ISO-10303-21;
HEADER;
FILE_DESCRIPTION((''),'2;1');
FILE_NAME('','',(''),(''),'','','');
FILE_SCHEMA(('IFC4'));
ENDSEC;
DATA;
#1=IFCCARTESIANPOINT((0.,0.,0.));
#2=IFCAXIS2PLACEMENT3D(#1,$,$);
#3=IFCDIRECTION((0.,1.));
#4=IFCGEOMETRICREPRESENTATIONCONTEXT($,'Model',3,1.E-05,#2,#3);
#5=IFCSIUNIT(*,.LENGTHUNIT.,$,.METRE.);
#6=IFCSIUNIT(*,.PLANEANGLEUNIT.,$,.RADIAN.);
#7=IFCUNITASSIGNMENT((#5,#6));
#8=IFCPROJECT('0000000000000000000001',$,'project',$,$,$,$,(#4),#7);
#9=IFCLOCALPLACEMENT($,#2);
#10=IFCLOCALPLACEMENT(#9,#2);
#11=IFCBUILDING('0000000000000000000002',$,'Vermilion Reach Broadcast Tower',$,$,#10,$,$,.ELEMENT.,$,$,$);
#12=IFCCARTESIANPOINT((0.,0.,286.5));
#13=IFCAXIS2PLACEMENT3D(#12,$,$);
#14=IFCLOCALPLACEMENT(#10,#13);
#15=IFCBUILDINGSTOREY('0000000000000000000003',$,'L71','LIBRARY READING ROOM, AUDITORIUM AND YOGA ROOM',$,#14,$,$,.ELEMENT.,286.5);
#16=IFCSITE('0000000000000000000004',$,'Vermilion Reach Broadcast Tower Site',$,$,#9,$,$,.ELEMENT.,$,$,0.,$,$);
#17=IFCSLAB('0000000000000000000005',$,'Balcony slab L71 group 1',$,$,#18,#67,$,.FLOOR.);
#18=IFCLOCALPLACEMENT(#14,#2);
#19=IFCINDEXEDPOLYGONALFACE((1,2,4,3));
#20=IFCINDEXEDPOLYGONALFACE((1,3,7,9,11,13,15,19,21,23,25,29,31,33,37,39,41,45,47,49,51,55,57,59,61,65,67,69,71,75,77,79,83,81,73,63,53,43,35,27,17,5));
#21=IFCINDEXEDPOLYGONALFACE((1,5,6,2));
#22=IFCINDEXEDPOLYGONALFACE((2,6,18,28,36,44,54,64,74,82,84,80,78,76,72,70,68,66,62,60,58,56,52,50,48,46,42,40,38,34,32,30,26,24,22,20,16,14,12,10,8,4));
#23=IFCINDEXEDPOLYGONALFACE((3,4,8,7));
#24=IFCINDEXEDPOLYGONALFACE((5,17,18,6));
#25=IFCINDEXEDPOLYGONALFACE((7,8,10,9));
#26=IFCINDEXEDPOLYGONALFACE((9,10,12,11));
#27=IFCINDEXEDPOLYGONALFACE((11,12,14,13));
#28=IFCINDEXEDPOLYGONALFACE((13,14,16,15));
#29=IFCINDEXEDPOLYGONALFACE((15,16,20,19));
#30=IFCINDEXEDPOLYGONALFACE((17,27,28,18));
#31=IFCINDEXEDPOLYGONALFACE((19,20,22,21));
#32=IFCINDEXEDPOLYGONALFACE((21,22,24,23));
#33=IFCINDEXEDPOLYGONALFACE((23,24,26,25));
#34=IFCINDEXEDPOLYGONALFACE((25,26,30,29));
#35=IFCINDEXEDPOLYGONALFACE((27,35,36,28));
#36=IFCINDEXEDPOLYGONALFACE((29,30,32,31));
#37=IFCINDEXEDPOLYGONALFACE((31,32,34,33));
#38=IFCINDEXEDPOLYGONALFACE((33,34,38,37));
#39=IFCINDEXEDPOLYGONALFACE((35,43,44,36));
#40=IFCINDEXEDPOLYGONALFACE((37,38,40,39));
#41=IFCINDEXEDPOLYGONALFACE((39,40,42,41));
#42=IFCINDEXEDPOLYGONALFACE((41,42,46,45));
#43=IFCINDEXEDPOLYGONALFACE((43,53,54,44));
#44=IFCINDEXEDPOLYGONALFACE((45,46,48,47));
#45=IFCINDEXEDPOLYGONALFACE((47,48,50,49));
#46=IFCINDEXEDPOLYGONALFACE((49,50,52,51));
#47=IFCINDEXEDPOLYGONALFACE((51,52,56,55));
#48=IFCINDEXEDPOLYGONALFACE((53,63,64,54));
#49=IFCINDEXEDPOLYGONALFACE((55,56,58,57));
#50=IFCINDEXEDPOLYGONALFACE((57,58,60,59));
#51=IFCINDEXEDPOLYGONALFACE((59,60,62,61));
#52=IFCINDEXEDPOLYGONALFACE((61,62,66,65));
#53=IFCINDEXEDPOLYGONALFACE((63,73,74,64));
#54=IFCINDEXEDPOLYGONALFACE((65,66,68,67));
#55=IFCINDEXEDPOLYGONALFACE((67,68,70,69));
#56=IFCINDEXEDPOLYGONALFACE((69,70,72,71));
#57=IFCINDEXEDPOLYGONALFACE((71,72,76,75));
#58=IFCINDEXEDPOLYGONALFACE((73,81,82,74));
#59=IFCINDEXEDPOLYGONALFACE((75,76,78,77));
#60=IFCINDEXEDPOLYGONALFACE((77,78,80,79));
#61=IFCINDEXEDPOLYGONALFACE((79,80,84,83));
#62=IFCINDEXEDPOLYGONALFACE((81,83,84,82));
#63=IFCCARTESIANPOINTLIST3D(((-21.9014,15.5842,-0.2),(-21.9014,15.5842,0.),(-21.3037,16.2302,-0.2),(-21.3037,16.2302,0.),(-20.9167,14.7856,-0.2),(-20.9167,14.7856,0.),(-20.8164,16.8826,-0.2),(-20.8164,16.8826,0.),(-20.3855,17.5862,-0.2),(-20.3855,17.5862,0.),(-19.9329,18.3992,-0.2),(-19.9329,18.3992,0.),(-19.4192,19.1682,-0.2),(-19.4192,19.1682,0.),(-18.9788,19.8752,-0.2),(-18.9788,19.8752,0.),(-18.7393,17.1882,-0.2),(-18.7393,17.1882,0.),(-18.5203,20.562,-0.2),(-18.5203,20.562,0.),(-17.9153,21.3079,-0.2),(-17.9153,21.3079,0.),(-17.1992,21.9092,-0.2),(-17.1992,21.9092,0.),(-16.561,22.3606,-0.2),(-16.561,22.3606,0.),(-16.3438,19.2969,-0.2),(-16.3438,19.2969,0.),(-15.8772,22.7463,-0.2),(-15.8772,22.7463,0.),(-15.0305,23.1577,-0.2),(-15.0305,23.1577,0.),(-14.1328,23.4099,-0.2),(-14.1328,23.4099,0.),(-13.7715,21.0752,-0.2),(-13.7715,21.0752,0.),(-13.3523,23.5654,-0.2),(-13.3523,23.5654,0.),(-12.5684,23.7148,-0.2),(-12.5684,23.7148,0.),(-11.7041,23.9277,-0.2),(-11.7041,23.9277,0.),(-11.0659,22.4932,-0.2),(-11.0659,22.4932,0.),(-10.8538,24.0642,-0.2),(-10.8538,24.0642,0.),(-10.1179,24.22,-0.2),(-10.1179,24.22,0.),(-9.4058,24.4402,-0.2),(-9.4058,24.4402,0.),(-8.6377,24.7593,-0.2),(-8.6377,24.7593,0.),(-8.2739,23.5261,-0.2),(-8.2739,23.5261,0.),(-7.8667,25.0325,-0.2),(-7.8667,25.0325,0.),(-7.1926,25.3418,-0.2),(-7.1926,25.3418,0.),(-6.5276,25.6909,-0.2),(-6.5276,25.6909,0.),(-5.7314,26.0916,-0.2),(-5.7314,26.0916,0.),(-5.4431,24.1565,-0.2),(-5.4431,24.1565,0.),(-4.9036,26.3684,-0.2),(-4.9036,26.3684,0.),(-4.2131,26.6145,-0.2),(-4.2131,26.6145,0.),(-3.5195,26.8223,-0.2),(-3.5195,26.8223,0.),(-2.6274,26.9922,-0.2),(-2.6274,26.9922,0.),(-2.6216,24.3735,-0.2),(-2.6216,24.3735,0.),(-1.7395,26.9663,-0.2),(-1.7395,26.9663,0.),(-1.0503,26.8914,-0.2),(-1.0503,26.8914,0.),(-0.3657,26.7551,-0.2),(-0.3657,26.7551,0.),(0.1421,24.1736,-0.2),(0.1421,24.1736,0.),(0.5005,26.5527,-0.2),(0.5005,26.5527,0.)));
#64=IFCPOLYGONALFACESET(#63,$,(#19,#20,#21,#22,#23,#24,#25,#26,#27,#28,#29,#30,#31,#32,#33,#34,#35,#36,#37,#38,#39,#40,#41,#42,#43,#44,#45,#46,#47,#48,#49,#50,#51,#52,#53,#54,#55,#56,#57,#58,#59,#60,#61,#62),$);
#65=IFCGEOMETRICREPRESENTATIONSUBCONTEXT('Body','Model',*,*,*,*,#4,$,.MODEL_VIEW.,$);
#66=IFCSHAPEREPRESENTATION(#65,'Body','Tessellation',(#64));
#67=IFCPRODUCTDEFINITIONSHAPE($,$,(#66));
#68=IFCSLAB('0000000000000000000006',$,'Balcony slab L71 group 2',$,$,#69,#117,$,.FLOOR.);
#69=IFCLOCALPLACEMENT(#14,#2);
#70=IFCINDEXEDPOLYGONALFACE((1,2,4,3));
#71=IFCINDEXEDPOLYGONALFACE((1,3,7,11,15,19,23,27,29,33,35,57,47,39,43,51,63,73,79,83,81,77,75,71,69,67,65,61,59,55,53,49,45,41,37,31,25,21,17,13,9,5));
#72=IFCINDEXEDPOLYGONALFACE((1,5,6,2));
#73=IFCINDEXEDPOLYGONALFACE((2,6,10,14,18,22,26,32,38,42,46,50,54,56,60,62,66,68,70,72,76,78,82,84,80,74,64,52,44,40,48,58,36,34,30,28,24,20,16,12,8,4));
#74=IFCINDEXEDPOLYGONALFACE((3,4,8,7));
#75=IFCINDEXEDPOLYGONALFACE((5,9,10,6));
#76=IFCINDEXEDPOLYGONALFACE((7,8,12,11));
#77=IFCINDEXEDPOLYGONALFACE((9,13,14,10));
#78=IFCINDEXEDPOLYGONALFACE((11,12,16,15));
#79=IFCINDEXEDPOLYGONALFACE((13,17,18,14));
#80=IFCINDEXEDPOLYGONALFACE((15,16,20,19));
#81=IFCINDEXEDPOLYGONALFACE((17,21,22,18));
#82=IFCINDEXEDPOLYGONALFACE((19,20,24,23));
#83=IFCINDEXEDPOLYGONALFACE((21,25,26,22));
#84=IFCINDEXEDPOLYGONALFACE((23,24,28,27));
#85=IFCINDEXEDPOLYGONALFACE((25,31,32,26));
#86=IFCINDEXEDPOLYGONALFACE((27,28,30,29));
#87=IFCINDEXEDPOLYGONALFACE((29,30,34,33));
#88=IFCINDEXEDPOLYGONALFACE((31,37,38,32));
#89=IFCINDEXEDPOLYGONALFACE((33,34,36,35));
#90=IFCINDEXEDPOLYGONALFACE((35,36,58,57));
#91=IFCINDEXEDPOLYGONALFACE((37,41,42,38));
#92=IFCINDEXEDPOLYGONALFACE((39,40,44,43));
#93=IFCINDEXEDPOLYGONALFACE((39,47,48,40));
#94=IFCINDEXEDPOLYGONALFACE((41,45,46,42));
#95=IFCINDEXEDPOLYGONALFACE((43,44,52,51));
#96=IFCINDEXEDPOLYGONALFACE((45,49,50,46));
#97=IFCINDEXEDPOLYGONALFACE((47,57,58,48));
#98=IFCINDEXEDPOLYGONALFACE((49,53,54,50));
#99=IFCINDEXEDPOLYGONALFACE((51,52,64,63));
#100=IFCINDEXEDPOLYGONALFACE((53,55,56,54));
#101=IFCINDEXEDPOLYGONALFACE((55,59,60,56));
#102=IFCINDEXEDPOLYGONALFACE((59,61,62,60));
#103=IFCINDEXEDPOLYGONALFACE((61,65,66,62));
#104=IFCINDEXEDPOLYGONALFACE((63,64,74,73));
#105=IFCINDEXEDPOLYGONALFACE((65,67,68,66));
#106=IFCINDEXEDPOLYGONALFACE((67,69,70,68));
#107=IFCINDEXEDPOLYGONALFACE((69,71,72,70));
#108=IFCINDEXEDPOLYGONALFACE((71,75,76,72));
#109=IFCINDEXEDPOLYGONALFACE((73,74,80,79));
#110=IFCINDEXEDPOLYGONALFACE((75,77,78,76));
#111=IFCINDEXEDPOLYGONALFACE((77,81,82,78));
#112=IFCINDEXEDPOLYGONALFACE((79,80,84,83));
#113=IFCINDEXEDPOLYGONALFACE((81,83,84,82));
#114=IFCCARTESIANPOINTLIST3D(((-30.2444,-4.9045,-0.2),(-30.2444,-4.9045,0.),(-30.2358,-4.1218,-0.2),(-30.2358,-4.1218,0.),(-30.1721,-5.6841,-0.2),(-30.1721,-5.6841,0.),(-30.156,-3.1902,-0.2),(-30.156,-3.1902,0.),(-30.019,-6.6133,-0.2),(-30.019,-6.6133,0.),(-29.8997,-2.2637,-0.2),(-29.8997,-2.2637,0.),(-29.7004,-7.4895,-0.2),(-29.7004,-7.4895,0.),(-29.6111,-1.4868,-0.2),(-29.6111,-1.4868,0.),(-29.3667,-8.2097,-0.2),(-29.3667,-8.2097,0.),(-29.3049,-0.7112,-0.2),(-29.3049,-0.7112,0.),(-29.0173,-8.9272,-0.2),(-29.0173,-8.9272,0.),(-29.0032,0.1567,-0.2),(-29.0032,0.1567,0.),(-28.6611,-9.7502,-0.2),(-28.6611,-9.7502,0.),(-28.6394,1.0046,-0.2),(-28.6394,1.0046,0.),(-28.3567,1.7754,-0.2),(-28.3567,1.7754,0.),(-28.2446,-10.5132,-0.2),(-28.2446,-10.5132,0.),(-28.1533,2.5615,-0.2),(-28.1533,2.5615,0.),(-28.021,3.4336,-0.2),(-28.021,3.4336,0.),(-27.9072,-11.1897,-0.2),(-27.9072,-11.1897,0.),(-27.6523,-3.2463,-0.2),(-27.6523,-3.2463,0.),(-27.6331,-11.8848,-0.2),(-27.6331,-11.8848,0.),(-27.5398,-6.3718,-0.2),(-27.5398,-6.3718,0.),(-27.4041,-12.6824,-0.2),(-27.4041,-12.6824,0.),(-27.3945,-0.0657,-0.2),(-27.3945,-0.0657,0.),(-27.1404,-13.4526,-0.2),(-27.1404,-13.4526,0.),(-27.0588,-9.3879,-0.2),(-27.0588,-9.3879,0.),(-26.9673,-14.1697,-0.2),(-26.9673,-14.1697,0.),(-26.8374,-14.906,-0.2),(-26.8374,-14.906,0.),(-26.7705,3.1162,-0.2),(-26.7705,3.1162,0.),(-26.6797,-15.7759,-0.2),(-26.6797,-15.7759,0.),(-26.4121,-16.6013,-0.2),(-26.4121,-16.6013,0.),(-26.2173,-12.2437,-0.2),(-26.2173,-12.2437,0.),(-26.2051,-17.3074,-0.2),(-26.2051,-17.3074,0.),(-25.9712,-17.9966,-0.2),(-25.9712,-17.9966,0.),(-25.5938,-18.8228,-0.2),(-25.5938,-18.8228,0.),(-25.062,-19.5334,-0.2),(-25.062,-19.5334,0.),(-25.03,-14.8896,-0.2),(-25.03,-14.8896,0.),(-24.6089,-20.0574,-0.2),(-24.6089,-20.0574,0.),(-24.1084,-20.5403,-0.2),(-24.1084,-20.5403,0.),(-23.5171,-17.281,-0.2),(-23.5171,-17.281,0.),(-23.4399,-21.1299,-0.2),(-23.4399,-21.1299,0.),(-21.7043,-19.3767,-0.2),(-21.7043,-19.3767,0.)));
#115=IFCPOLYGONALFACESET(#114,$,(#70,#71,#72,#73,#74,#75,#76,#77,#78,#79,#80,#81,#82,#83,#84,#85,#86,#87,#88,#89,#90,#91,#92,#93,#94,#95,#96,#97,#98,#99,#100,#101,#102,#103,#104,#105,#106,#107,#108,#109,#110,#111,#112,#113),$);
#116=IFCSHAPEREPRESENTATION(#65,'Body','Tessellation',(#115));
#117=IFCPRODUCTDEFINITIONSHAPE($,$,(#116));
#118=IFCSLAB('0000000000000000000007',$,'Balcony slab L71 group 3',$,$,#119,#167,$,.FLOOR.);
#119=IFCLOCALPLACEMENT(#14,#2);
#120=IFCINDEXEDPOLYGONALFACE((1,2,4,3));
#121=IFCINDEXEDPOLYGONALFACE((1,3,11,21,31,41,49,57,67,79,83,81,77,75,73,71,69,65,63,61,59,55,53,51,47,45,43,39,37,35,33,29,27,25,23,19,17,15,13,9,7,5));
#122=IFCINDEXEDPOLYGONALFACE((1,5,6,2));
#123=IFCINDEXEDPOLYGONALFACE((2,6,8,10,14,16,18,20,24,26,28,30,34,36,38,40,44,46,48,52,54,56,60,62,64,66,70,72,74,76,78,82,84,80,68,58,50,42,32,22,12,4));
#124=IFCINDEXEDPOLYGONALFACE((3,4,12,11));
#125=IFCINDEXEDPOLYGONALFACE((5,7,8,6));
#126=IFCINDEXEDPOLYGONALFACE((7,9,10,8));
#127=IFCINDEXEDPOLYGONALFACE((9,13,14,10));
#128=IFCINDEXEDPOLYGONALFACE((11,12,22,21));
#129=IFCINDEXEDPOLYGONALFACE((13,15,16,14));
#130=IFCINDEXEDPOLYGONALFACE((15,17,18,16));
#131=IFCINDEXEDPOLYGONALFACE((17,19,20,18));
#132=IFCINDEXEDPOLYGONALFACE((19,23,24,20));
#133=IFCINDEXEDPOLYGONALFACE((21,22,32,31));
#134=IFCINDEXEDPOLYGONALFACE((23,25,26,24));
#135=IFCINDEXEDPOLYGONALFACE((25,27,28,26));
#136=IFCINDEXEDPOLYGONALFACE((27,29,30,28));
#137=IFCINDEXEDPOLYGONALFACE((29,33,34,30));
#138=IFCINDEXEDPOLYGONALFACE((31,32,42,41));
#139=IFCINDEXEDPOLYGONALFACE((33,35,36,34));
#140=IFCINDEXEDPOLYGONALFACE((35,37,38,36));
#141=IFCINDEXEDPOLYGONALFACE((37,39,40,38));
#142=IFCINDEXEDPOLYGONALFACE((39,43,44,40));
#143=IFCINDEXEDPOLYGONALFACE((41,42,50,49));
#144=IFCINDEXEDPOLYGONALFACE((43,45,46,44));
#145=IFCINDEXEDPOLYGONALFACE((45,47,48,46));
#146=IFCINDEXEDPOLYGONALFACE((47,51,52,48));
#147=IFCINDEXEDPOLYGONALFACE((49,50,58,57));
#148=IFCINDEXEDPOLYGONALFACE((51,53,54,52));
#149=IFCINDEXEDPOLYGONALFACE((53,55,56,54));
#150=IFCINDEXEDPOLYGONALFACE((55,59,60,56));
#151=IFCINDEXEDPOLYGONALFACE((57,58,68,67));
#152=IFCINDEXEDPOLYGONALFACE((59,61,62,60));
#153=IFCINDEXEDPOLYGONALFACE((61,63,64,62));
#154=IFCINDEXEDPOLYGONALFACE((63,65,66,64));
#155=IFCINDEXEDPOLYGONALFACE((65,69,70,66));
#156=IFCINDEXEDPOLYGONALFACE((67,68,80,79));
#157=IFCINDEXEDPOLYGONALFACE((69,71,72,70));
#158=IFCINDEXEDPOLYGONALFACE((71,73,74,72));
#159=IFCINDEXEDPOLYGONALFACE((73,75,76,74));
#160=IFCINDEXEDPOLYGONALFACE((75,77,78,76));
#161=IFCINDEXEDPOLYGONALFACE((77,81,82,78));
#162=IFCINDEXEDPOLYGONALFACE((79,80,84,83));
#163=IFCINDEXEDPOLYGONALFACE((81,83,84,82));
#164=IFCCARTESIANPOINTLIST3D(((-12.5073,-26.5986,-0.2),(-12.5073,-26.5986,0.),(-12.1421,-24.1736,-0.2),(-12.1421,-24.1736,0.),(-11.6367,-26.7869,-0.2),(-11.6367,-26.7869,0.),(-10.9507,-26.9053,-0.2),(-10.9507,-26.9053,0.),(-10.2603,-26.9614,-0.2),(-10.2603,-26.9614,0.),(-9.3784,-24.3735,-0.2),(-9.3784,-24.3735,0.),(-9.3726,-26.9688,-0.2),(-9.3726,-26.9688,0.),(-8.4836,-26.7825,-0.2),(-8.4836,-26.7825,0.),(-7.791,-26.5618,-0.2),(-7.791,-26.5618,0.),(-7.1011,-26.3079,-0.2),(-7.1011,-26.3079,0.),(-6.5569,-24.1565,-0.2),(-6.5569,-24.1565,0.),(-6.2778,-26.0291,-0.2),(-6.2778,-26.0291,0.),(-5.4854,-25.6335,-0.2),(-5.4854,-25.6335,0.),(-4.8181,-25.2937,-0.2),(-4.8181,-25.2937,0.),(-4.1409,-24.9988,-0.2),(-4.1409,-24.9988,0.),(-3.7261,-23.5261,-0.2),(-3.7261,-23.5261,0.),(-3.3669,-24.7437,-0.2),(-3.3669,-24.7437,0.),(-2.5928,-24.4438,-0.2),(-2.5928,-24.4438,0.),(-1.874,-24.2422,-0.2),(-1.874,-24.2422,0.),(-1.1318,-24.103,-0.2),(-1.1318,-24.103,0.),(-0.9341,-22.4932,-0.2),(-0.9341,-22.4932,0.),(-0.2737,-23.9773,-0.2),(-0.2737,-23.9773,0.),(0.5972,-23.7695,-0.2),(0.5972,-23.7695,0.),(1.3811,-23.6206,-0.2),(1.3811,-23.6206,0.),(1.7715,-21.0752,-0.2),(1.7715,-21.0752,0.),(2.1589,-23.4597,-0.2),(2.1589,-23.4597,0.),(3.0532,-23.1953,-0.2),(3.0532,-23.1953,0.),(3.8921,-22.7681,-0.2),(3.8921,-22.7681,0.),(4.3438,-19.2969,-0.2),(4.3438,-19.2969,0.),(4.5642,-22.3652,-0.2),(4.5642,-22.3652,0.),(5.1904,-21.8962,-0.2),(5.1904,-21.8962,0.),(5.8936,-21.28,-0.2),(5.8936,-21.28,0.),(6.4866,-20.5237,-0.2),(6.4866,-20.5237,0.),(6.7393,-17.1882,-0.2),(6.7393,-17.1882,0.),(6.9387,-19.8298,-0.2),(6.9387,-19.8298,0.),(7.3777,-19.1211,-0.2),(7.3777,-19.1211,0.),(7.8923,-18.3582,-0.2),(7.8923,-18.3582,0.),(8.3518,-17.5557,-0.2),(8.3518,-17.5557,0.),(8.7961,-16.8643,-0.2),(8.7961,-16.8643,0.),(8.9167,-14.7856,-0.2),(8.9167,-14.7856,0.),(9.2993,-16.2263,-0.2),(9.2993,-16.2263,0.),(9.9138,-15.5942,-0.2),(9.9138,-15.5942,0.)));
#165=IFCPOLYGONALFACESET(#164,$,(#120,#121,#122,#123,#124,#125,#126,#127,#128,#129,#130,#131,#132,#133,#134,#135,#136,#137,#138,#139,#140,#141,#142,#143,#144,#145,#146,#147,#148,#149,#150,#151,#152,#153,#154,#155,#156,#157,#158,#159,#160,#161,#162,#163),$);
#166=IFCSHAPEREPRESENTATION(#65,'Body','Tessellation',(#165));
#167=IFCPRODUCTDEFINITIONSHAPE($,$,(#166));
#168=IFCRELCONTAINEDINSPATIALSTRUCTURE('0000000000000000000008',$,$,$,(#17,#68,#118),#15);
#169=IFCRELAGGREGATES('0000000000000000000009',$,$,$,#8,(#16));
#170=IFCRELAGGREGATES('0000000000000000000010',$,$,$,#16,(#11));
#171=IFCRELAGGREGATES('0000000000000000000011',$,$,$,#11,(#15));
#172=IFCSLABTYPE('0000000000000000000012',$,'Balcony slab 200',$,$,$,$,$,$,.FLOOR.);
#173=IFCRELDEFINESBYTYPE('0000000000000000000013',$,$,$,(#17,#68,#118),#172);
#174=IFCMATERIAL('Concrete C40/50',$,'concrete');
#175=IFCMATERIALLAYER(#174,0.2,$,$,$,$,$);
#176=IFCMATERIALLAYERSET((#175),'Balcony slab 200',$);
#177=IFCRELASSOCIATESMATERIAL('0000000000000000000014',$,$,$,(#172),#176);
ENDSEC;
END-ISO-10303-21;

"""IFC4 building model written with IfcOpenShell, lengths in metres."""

from ifc_helpers import new_model, si_unit, direction, frame, origin, place, context, subcontext, project, spatial, polyline, outline, extrude, material, layer, layer_set, type_object, element, save


model = new_model("IFC4")

# Units and contexts
model_context = context("Model", 3, precision=1e-05, world=origin(), true_north=direction((0.0, 1.0)))
body_context = subcontext(model_context, "Body", "Model", "MODEL_VIEW")
ifc_project = project(units=[si_unit("LENGTHUNIT", "METRE"), si_unit("PLANEANGLEUNIT", "RADIAN")], contexts=[model_context])

# Site, building, storey
site_placement = place(None, origin())
site = spatial("IfcSite", under=ifc_project, at=site_placement, Name="Vermilion Reach Broadcast Tower Site", CompositionType="ELEMENT", RefElevation=0.0)
building_placement = place(site_placement, origin())
building = spatial("IfcBuilding", under=site, at=building_placement, Name="Vermilion Reach Broadcast Tower", CompositionType="ELEMENT")
storey_placement = place(building_placement, frame((0.0, 0.0, 286.5)))
storey = spatial("IfcBuildingStorey", under=building, at=storey_placement, Name="L71", Description="LIBRARY READING ROOM, AUDITORIUM AND YOGA ROOM", CompositionType="ELEMENT", Elevation=286.5)

# Slabs
ifc_material_1 = material(Name="Concrete C40/50", Category="concrete")
ifc_layer_1 = layer(ifc_material_1, 0.2)
ifc_layer_set_1 = layer_set([ifc_layer_1], Name="Balcony slab 200")
slab_type_1 = type_object("IfcSlabType", Name="Balcony slab 200", PredefinedType="FLOOR", material=ifc_layer_set_1)
placement_1 = place(storey_placement, frame((0.0, 0.0, -0.2)))
element("IfcSlab", 1, at=placement_1, inside=storey, type_object=slab_type_1, Name="Balcony slab L71 group 1", PredefinedType="FLOOR", context=body_context, shape_type="SweptSolid", body=[
    extrude(outline(polyline([(0.1421, 24.1736), (-2.6216, 24.3735), (-5.4431, 24.1565), (-8.2739, 23.5261), (-11.0659, 22.4932), (-13.7715, 21.0752), (-16.3438, 19.2969), (-18.7393, 17.1882), (-20.9167, 14.7856), (-21.9014, 15.5842), (-21.3037, 16.2302), (-20.8164, 16.8826), (-20.3855, 17.5862), (-19.9329, 18.3992), (-19.4192, 19.1682), (-18.9788, 19.8752), (-18.5203, 20.562), (-17.9153, 21.3079), (-17.1992, 21.9092), (-16.561, 22.3606), (-15.8772, 22.7463), (-15.0305, 23.1577), (-14.1328, 23.4099), (-13.3523, 23.5654), (-12.5684, 23.7148), (-11.7041, 23.9277), (-10.8538, 24.0642), (-10.1179, 24.22), (-9.4058, 24.4402), (-8.6377, 24.7593), (-7.8667, 25.0325), (-7.1926, 25.3418), (-6.5276, 25.6909), (-5.7314, 26.0916), (-4.9036, 26.3684), (-4.2131, 26.6145), (-3.5195, 26.8223), (-2.6274, 26.9922), (-1.7395, 26.9663), (-1.0503, 26.8914), (-0.3657, 26.7551), (0.5005, 26.5527), (0.1421, 24.1736)])), origin(), (0.0, 0.0, 1.0), 0.2),
])
element("IfcSlab", 2, at=placement_1, inside=storey, type_object=slab_type_1, Name="Balcony slab L71 group 2", PredefinedType="FLOOR", context=body_context, shape_type="SweptSolid", body=[
    extrude(outline(polyline([(-26.7705, 3.1162), (-27.3945, -0.0657), (-27.6523, -3.2463), (-27.5398, -6.3718), (-27.0588, -9.3879), (-26.2173, -12.2437), (-25.03, -14.8896), (-23.5171, -17.281), (-21.7043, -19.3767), (-23.4399, -21.1299), (-24.1084, -20.5403), (-24.6089, -20.0574), (-25.062, -19.5334), (-25.5938, -18.8228), (-25.9712, -17.9966), (-26.2051, -17.3074), (-26.4121, -16.6013), (-26.6797, -15.7759), (-26.8374, -14.906), (-26.9673, -14.1697), (-27.1404, -13.4526), (-27.4041, -12.6824), (-27.6331, -11.8848), (-27.9072, -11.1897), (-28.2446, -10.5132), (-28.6611, -9.7502), (-29.0173, -8.9272), (-29.3667, -8.2097), (-29.7004, -7.4895), (-30.019, -6.6133), (-30.1721, -5.6841), (-30.2444, -4.9045), (-30.2358, -4.1218), (-30.156, -3.1902), (-29.8997, -2.2637), (-29.6111, -1.4868), (-29.3049, -0.7112), (-29.0032, 0.1567), (-28.6394, 1.0046), (-28.3567, 1.7754), (-28.1533, 2.5615), (-28.021, 3.4336), (-26.7705, 3.1162)])), origin(), (0.0, 0.0, 1.0), 0.2),
])
element("IfcSlab", 3, at=placement_1, inside=storey, type_object=slab_type_1, Name="Balcony slab L71 group 3", PredefinedType="FLOOR", context=body_context, shape_type="SweptSolid", body=[
    extrude(outline(polyline([(-12.1421, -24.1736), (-9.3784, -24.3735), (-6.5569, -24.1565), (-3.7261, -23.5261), (-0.9341, -22.4932), (1.7715, -21.0752), (4.3438, -19.2969), (6.7393, -17.1882), (8.9167, -14.7856), (9.9138, -15.5942), (9.2993, -16.2263), (8.7961, -16.8643), (8.3518, -17.5557), (7.8923, -18.3582), (7.3777, -19.1211), (6.9387, -19.8298), (6.4866, -20.5237), (5.8936, -21.28), (5.1904, -21.8962), (4.5642, -22.3652), (3.8921, -22.7681), (3.0532, -23.1953), (2.1589, -23.4597), (1.3811, -23.6206), (0.5972, -23.7695), (-0.2737, -23.9773), (-1.1318, -24.103), (-1.874, -24.2422), (-2.5928, -24.4438), (-3.3669, -24.7437), (-4.1409, -24.9988), (-4.8181, -25.2937), (-5.4854, -25.6335), (-6.2778, -26.0291), (-7.1011, -26.3079), (-7.791, -26.5618), (-8.4836, -26.7825), (-9.3726, -26.9688), (-10.2603, -26.9614), (-10.9507, -26.9053), (-11.6367, -26.7869), (-12.5073, -26.5986), (-12.1421, -24.1736)])), origin(), (0.0, 0.0, 1.0), 0.2),
])

save(model, "model.ifc")
